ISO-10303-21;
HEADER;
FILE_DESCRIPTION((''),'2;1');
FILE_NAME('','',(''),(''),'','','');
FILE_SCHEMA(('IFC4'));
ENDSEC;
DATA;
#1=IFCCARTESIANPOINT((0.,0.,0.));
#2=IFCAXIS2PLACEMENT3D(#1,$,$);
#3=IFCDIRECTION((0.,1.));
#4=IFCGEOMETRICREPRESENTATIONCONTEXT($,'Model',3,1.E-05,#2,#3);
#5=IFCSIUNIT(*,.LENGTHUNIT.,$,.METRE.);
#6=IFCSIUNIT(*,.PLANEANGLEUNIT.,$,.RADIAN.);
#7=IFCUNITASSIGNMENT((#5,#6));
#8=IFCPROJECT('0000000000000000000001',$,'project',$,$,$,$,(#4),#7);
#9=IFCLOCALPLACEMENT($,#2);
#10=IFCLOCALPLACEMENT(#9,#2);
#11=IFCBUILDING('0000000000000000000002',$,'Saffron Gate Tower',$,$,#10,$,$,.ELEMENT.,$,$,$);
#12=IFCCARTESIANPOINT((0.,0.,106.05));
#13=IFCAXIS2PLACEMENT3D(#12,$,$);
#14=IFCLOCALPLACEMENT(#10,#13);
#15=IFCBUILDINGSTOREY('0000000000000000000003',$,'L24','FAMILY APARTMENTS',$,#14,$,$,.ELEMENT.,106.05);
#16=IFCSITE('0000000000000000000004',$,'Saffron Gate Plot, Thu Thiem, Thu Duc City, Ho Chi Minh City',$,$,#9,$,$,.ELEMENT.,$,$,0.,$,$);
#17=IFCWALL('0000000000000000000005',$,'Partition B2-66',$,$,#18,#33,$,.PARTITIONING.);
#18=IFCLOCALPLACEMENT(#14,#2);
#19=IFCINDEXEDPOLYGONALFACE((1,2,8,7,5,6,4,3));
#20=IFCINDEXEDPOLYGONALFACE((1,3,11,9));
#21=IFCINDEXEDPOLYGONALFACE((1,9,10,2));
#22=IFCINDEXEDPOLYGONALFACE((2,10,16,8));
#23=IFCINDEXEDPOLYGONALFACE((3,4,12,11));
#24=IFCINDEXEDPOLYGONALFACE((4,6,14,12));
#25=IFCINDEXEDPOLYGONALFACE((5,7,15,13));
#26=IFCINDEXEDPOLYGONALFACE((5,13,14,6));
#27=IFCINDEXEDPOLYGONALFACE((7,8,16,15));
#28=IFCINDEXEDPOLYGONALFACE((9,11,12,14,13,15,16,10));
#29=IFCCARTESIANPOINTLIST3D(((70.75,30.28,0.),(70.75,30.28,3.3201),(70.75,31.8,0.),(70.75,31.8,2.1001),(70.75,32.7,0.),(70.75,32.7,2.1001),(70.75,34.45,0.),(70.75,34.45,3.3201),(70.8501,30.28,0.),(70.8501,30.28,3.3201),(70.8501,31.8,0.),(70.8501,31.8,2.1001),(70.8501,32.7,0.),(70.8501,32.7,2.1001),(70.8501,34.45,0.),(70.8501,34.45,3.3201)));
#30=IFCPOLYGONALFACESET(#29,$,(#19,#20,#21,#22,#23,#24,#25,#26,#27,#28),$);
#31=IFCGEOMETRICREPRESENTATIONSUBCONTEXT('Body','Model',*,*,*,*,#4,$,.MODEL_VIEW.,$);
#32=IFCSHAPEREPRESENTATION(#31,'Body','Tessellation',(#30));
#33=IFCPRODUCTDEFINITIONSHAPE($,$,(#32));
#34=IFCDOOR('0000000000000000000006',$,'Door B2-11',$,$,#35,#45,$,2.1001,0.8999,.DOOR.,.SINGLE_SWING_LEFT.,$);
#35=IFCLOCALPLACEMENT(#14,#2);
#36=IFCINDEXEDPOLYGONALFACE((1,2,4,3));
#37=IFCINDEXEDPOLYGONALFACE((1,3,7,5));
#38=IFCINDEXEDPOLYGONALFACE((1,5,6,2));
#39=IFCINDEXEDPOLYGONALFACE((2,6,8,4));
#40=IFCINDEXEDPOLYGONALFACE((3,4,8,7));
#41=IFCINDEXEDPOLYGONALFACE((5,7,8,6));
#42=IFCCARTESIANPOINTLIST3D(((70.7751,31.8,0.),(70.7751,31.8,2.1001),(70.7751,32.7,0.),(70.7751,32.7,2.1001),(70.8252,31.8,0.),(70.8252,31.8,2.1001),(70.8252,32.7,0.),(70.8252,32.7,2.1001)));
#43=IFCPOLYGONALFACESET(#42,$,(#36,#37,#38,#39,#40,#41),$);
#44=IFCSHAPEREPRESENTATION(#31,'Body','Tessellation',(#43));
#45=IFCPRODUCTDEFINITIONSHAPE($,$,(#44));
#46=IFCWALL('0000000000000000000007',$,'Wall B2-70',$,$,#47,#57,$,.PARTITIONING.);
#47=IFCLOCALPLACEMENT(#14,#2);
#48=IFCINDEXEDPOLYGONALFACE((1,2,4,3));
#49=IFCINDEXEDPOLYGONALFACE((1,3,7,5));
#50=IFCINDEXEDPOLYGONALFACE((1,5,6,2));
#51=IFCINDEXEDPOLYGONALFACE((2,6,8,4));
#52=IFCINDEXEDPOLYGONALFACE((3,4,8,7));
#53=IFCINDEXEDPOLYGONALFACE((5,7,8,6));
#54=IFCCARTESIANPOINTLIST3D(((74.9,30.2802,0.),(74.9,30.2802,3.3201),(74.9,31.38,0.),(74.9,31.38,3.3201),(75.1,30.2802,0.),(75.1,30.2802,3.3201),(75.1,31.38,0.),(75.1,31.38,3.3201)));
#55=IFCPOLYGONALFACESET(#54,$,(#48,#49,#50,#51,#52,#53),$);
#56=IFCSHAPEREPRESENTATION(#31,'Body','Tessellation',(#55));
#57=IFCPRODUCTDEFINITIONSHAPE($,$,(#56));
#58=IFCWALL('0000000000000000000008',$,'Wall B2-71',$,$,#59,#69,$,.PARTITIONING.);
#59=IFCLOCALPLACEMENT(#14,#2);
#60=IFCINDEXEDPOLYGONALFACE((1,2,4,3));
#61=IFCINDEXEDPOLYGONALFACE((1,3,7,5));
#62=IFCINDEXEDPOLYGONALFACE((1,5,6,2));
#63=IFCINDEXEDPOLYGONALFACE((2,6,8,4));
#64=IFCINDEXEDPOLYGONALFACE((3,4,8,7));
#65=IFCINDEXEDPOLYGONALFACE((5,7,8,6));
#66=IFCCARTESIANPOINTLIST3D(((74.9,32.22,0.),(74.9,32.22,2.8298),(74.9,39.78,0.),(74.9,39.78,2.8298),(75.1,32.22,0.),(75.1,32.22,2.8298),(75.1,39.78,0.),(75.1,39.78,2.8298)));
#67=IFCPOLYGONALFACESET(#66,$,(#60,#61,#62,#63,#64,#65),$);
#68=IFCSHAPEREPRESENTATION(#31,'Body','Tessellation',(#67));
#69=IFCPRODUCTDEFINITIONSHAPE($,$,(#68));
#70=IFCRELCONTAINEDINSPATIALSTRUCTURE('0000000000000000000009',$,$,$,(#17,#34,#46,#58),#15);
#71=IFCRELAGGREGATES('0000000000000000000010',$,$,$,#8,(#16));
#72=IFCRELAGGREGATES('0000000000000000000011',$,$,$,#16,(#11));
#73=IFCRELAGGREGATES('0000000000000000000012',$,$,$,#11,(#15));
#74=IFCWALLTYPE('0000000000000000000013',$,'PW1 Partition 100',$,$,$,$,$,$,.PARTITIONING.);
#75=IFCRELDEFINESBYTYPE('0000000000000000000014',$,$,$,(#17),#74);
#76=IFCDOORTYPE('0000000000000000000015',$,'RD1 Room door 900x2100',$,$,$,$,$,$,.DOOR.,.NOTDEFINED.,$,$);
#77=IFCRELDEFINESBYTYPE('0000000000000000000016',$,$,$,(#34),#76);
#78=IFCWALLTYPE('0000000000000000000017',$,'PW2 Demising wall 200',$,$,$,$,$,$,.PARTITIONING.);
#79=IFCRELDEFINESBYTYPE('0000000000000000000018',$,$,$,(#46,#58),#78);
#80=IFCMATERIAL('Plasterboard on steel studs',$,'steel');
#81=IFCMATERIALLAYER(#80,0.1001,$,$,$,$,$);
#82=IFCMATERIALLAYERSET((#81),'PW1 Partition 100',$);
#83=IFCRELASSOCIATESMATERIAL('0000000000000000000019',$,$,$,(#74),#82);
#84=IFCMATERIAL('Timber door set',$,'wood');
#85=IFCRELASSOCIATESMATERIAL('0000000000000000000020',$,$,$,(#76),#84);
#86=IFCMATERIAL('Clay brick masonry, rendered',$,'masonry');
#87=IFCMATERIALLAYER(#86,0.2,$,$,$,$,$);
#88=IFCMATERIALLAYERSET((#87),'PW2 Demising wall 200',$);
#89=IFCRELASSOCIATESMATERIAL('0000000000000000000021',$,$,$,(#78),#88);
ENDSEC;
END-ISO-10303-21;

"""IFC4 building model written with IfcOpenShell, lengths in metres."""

from ifc_helpers import new_model, si_unit, direction, frame, frame_2d, origin, place, context, subcontext, project, spatial, rectangle, extrude, material, layer, layer_set, type_object, element, fill, save


model = new_model("IFC4")

# Units and contexts
model_context = context("Model", 3, precision=1e-05, world=origin(), true_north=direction((0.0, 1.0)))
body_context = subcontext(model_context, "Body", "Model", "MODEL_VIEW")
ifc_project = project(units=[si_unit("LENGTHUNIT", "METRE"), si_unit("PLANEANGLEUNIT", "RADIAN")], contexts=[model_context])

# Site, building, storey
site_placement = place(None, origin())
site = spatial("IfcSite", under=ifc_project, at=site_placement, Name="Saffron Gate Plot, Thu Thiem, Thu Duc City, Ho Chi Minh City", CompositionType="ELEMENT", RefElevation=0.0)
building_placement = place(site_placement, origin())
building = spatial("IfcBuilding", under=site, at=building_placement, Name="Saffron Gate Tower", CompositionType="ELEMENT")
storey_placement = place(building_placement, frame((0.0, 0.0, 106.05)))
storey = spatial("IfcBuildingStorey", under=building, at=storey_placement, Name="L24", Description="FAMILY APARTMENTS", CompositionType="ELEMENT", Elevation=106.05)

# Shared definitions
ifc_material_1 = material(Name="Plasterboard on steel studs", Category="steel")
ifc_layer_1 = layer(ifc_material_1, 0.1001)
ifc_layer_set_1 = layer_set([ifc_layer_1], Name="PW1 Partition 100")
wall_type_1 = type_object("IfcWallType", Name="PW1 Partition 100", PredefinedType="PARTITIONING", material=ifc_layer_set_1)
ifc_material_2 = material(Name="Timber door set", Category="wood")
door_type_1 = type_object("IfcDoorType", Name="RD1 Room door 900x2100", OperationType="NOTDEFINED", PredefinedType="DOOR", material=ifc_material_2)

# Wall, opening, door
wall_1_placement = place(storey_placement, frame((70.8, 30.28, 0.0), z_axis=(0.0, 0.0, 1.0), x_axis=(0.0, 1.0, 0.0)))
wall_1 = element("IfcWall", 1, at=wall_1_placement, inside=storey, type_object=wall_type_1, Name="Partition B2-66", PredefinedType="PARTITIONING", context=body_context, shape_type="SweptSolid", body=[
    extrude(rectangle(XDim=4.1699, YDim=0.1001, at=frame_2d((2.085, 0.0))), origin(), (0.0, 0.0, 1.0), 3.3201),
])
opening_1_placement = place(wall_1_placement, frame((1.52, 0.0, 0.0)))
opening_1 = element("IfcOpeningElement", 2, at=opening_1_placement, cuts=wall_1, PredefinedType="OPENING", context=body_context, shape_type="SweptSolid", body=[
    extrude(rectangle(XDim=0.8999, YDim=2.1001, at=frame_2d((0.45, 1.05))), frame((0.0, 0.0601, 0.0), z_axis=(0.0, -1.0, 0.0), x_axis=(1.0, 0.0, 0.0)), (0.0, 0.0, 1.0), 0.1201),
])
door_1_placement = place(opening_1_placement, origin())
door_1 = element("IfcDoor", 3, at=door_1_placement, inside=storey, type_object=door_type_1, Name="Door B2-11", OperationType="SINGLE_SWING_LEFT", OverallHeight=2.1001, OverallWidth=0.8999, PredefinedType="DOOR", context=body_context, shape_type="SweptSolid", body=[
    extrude(rectangle(XDim=0.8999, YDim=2.1001, at=frame_2d((0.45, 1.05))), frame((0.0, 0.0249, 0.0), z_axis=(0.0, -1.0, 0.0), x_axis=(1.0, 0.0, 0.0)), (0.0, 0.0, 1.0), 0.05),
])
fill(opening_1, door_1)

# Walls
ifc_material_3 = material(Name="Clay brick masonry, rendered", Category="masonry")
ifc_layer_2 = layer(ifc_material_3, 0.2)
ifc_layer_set_2 = layer_set([ifc_layer_2], Name="PW2 Demising wall 200")
wall_type_2 = type_object("IfcWallType", Name="PW2 Demising wall 200", PredefinedType="PARTITIONING", material=ifc_layer_set_2)
wall_2_placement = place(storey_placement, frame((75.0, 31.3799, 0.0), z_axis=(0.0, 0.0, 1.0), x_axis=(0.0, -1.0, 0.0)))
element("IfcWall", 4, at=wall_2_placement, inside=storey, type_object=wall_type_2, Name="Wall B2-70", PredefinedType="PARTITIONING", context=body_context, shape_type="SweptSolid", body=[
    extrude(rectangle(XDim=1.0999, YDim=0.2, at=frame_2d((0.5498, 0.0))), origin(), (0.0, 0.0, 1.0), 3.3201),
])
wall_3_placement = place(storey_placement, frame((75.0, 39.78, 0.0), z_axis=(0.0, 0.0, 1.0), x_axis=(0.0, -1.0, 0.0)))
element("IfcWall", 5, at=wall_3_placement, inside=storey, type_object=wall_type_2, Name="Wall B2-71", PredefinedType="PARTITIONING", context=body_context, shape_type="SweptSolid", body=[
    extrude(rectangle(XDim=7.5601, YDim=0.2, at=frame_2d((3.78, 0.0))), origin(), (0.0, 0.0, 1.0), 2.8298),
])

save(model, "model.ifc")
